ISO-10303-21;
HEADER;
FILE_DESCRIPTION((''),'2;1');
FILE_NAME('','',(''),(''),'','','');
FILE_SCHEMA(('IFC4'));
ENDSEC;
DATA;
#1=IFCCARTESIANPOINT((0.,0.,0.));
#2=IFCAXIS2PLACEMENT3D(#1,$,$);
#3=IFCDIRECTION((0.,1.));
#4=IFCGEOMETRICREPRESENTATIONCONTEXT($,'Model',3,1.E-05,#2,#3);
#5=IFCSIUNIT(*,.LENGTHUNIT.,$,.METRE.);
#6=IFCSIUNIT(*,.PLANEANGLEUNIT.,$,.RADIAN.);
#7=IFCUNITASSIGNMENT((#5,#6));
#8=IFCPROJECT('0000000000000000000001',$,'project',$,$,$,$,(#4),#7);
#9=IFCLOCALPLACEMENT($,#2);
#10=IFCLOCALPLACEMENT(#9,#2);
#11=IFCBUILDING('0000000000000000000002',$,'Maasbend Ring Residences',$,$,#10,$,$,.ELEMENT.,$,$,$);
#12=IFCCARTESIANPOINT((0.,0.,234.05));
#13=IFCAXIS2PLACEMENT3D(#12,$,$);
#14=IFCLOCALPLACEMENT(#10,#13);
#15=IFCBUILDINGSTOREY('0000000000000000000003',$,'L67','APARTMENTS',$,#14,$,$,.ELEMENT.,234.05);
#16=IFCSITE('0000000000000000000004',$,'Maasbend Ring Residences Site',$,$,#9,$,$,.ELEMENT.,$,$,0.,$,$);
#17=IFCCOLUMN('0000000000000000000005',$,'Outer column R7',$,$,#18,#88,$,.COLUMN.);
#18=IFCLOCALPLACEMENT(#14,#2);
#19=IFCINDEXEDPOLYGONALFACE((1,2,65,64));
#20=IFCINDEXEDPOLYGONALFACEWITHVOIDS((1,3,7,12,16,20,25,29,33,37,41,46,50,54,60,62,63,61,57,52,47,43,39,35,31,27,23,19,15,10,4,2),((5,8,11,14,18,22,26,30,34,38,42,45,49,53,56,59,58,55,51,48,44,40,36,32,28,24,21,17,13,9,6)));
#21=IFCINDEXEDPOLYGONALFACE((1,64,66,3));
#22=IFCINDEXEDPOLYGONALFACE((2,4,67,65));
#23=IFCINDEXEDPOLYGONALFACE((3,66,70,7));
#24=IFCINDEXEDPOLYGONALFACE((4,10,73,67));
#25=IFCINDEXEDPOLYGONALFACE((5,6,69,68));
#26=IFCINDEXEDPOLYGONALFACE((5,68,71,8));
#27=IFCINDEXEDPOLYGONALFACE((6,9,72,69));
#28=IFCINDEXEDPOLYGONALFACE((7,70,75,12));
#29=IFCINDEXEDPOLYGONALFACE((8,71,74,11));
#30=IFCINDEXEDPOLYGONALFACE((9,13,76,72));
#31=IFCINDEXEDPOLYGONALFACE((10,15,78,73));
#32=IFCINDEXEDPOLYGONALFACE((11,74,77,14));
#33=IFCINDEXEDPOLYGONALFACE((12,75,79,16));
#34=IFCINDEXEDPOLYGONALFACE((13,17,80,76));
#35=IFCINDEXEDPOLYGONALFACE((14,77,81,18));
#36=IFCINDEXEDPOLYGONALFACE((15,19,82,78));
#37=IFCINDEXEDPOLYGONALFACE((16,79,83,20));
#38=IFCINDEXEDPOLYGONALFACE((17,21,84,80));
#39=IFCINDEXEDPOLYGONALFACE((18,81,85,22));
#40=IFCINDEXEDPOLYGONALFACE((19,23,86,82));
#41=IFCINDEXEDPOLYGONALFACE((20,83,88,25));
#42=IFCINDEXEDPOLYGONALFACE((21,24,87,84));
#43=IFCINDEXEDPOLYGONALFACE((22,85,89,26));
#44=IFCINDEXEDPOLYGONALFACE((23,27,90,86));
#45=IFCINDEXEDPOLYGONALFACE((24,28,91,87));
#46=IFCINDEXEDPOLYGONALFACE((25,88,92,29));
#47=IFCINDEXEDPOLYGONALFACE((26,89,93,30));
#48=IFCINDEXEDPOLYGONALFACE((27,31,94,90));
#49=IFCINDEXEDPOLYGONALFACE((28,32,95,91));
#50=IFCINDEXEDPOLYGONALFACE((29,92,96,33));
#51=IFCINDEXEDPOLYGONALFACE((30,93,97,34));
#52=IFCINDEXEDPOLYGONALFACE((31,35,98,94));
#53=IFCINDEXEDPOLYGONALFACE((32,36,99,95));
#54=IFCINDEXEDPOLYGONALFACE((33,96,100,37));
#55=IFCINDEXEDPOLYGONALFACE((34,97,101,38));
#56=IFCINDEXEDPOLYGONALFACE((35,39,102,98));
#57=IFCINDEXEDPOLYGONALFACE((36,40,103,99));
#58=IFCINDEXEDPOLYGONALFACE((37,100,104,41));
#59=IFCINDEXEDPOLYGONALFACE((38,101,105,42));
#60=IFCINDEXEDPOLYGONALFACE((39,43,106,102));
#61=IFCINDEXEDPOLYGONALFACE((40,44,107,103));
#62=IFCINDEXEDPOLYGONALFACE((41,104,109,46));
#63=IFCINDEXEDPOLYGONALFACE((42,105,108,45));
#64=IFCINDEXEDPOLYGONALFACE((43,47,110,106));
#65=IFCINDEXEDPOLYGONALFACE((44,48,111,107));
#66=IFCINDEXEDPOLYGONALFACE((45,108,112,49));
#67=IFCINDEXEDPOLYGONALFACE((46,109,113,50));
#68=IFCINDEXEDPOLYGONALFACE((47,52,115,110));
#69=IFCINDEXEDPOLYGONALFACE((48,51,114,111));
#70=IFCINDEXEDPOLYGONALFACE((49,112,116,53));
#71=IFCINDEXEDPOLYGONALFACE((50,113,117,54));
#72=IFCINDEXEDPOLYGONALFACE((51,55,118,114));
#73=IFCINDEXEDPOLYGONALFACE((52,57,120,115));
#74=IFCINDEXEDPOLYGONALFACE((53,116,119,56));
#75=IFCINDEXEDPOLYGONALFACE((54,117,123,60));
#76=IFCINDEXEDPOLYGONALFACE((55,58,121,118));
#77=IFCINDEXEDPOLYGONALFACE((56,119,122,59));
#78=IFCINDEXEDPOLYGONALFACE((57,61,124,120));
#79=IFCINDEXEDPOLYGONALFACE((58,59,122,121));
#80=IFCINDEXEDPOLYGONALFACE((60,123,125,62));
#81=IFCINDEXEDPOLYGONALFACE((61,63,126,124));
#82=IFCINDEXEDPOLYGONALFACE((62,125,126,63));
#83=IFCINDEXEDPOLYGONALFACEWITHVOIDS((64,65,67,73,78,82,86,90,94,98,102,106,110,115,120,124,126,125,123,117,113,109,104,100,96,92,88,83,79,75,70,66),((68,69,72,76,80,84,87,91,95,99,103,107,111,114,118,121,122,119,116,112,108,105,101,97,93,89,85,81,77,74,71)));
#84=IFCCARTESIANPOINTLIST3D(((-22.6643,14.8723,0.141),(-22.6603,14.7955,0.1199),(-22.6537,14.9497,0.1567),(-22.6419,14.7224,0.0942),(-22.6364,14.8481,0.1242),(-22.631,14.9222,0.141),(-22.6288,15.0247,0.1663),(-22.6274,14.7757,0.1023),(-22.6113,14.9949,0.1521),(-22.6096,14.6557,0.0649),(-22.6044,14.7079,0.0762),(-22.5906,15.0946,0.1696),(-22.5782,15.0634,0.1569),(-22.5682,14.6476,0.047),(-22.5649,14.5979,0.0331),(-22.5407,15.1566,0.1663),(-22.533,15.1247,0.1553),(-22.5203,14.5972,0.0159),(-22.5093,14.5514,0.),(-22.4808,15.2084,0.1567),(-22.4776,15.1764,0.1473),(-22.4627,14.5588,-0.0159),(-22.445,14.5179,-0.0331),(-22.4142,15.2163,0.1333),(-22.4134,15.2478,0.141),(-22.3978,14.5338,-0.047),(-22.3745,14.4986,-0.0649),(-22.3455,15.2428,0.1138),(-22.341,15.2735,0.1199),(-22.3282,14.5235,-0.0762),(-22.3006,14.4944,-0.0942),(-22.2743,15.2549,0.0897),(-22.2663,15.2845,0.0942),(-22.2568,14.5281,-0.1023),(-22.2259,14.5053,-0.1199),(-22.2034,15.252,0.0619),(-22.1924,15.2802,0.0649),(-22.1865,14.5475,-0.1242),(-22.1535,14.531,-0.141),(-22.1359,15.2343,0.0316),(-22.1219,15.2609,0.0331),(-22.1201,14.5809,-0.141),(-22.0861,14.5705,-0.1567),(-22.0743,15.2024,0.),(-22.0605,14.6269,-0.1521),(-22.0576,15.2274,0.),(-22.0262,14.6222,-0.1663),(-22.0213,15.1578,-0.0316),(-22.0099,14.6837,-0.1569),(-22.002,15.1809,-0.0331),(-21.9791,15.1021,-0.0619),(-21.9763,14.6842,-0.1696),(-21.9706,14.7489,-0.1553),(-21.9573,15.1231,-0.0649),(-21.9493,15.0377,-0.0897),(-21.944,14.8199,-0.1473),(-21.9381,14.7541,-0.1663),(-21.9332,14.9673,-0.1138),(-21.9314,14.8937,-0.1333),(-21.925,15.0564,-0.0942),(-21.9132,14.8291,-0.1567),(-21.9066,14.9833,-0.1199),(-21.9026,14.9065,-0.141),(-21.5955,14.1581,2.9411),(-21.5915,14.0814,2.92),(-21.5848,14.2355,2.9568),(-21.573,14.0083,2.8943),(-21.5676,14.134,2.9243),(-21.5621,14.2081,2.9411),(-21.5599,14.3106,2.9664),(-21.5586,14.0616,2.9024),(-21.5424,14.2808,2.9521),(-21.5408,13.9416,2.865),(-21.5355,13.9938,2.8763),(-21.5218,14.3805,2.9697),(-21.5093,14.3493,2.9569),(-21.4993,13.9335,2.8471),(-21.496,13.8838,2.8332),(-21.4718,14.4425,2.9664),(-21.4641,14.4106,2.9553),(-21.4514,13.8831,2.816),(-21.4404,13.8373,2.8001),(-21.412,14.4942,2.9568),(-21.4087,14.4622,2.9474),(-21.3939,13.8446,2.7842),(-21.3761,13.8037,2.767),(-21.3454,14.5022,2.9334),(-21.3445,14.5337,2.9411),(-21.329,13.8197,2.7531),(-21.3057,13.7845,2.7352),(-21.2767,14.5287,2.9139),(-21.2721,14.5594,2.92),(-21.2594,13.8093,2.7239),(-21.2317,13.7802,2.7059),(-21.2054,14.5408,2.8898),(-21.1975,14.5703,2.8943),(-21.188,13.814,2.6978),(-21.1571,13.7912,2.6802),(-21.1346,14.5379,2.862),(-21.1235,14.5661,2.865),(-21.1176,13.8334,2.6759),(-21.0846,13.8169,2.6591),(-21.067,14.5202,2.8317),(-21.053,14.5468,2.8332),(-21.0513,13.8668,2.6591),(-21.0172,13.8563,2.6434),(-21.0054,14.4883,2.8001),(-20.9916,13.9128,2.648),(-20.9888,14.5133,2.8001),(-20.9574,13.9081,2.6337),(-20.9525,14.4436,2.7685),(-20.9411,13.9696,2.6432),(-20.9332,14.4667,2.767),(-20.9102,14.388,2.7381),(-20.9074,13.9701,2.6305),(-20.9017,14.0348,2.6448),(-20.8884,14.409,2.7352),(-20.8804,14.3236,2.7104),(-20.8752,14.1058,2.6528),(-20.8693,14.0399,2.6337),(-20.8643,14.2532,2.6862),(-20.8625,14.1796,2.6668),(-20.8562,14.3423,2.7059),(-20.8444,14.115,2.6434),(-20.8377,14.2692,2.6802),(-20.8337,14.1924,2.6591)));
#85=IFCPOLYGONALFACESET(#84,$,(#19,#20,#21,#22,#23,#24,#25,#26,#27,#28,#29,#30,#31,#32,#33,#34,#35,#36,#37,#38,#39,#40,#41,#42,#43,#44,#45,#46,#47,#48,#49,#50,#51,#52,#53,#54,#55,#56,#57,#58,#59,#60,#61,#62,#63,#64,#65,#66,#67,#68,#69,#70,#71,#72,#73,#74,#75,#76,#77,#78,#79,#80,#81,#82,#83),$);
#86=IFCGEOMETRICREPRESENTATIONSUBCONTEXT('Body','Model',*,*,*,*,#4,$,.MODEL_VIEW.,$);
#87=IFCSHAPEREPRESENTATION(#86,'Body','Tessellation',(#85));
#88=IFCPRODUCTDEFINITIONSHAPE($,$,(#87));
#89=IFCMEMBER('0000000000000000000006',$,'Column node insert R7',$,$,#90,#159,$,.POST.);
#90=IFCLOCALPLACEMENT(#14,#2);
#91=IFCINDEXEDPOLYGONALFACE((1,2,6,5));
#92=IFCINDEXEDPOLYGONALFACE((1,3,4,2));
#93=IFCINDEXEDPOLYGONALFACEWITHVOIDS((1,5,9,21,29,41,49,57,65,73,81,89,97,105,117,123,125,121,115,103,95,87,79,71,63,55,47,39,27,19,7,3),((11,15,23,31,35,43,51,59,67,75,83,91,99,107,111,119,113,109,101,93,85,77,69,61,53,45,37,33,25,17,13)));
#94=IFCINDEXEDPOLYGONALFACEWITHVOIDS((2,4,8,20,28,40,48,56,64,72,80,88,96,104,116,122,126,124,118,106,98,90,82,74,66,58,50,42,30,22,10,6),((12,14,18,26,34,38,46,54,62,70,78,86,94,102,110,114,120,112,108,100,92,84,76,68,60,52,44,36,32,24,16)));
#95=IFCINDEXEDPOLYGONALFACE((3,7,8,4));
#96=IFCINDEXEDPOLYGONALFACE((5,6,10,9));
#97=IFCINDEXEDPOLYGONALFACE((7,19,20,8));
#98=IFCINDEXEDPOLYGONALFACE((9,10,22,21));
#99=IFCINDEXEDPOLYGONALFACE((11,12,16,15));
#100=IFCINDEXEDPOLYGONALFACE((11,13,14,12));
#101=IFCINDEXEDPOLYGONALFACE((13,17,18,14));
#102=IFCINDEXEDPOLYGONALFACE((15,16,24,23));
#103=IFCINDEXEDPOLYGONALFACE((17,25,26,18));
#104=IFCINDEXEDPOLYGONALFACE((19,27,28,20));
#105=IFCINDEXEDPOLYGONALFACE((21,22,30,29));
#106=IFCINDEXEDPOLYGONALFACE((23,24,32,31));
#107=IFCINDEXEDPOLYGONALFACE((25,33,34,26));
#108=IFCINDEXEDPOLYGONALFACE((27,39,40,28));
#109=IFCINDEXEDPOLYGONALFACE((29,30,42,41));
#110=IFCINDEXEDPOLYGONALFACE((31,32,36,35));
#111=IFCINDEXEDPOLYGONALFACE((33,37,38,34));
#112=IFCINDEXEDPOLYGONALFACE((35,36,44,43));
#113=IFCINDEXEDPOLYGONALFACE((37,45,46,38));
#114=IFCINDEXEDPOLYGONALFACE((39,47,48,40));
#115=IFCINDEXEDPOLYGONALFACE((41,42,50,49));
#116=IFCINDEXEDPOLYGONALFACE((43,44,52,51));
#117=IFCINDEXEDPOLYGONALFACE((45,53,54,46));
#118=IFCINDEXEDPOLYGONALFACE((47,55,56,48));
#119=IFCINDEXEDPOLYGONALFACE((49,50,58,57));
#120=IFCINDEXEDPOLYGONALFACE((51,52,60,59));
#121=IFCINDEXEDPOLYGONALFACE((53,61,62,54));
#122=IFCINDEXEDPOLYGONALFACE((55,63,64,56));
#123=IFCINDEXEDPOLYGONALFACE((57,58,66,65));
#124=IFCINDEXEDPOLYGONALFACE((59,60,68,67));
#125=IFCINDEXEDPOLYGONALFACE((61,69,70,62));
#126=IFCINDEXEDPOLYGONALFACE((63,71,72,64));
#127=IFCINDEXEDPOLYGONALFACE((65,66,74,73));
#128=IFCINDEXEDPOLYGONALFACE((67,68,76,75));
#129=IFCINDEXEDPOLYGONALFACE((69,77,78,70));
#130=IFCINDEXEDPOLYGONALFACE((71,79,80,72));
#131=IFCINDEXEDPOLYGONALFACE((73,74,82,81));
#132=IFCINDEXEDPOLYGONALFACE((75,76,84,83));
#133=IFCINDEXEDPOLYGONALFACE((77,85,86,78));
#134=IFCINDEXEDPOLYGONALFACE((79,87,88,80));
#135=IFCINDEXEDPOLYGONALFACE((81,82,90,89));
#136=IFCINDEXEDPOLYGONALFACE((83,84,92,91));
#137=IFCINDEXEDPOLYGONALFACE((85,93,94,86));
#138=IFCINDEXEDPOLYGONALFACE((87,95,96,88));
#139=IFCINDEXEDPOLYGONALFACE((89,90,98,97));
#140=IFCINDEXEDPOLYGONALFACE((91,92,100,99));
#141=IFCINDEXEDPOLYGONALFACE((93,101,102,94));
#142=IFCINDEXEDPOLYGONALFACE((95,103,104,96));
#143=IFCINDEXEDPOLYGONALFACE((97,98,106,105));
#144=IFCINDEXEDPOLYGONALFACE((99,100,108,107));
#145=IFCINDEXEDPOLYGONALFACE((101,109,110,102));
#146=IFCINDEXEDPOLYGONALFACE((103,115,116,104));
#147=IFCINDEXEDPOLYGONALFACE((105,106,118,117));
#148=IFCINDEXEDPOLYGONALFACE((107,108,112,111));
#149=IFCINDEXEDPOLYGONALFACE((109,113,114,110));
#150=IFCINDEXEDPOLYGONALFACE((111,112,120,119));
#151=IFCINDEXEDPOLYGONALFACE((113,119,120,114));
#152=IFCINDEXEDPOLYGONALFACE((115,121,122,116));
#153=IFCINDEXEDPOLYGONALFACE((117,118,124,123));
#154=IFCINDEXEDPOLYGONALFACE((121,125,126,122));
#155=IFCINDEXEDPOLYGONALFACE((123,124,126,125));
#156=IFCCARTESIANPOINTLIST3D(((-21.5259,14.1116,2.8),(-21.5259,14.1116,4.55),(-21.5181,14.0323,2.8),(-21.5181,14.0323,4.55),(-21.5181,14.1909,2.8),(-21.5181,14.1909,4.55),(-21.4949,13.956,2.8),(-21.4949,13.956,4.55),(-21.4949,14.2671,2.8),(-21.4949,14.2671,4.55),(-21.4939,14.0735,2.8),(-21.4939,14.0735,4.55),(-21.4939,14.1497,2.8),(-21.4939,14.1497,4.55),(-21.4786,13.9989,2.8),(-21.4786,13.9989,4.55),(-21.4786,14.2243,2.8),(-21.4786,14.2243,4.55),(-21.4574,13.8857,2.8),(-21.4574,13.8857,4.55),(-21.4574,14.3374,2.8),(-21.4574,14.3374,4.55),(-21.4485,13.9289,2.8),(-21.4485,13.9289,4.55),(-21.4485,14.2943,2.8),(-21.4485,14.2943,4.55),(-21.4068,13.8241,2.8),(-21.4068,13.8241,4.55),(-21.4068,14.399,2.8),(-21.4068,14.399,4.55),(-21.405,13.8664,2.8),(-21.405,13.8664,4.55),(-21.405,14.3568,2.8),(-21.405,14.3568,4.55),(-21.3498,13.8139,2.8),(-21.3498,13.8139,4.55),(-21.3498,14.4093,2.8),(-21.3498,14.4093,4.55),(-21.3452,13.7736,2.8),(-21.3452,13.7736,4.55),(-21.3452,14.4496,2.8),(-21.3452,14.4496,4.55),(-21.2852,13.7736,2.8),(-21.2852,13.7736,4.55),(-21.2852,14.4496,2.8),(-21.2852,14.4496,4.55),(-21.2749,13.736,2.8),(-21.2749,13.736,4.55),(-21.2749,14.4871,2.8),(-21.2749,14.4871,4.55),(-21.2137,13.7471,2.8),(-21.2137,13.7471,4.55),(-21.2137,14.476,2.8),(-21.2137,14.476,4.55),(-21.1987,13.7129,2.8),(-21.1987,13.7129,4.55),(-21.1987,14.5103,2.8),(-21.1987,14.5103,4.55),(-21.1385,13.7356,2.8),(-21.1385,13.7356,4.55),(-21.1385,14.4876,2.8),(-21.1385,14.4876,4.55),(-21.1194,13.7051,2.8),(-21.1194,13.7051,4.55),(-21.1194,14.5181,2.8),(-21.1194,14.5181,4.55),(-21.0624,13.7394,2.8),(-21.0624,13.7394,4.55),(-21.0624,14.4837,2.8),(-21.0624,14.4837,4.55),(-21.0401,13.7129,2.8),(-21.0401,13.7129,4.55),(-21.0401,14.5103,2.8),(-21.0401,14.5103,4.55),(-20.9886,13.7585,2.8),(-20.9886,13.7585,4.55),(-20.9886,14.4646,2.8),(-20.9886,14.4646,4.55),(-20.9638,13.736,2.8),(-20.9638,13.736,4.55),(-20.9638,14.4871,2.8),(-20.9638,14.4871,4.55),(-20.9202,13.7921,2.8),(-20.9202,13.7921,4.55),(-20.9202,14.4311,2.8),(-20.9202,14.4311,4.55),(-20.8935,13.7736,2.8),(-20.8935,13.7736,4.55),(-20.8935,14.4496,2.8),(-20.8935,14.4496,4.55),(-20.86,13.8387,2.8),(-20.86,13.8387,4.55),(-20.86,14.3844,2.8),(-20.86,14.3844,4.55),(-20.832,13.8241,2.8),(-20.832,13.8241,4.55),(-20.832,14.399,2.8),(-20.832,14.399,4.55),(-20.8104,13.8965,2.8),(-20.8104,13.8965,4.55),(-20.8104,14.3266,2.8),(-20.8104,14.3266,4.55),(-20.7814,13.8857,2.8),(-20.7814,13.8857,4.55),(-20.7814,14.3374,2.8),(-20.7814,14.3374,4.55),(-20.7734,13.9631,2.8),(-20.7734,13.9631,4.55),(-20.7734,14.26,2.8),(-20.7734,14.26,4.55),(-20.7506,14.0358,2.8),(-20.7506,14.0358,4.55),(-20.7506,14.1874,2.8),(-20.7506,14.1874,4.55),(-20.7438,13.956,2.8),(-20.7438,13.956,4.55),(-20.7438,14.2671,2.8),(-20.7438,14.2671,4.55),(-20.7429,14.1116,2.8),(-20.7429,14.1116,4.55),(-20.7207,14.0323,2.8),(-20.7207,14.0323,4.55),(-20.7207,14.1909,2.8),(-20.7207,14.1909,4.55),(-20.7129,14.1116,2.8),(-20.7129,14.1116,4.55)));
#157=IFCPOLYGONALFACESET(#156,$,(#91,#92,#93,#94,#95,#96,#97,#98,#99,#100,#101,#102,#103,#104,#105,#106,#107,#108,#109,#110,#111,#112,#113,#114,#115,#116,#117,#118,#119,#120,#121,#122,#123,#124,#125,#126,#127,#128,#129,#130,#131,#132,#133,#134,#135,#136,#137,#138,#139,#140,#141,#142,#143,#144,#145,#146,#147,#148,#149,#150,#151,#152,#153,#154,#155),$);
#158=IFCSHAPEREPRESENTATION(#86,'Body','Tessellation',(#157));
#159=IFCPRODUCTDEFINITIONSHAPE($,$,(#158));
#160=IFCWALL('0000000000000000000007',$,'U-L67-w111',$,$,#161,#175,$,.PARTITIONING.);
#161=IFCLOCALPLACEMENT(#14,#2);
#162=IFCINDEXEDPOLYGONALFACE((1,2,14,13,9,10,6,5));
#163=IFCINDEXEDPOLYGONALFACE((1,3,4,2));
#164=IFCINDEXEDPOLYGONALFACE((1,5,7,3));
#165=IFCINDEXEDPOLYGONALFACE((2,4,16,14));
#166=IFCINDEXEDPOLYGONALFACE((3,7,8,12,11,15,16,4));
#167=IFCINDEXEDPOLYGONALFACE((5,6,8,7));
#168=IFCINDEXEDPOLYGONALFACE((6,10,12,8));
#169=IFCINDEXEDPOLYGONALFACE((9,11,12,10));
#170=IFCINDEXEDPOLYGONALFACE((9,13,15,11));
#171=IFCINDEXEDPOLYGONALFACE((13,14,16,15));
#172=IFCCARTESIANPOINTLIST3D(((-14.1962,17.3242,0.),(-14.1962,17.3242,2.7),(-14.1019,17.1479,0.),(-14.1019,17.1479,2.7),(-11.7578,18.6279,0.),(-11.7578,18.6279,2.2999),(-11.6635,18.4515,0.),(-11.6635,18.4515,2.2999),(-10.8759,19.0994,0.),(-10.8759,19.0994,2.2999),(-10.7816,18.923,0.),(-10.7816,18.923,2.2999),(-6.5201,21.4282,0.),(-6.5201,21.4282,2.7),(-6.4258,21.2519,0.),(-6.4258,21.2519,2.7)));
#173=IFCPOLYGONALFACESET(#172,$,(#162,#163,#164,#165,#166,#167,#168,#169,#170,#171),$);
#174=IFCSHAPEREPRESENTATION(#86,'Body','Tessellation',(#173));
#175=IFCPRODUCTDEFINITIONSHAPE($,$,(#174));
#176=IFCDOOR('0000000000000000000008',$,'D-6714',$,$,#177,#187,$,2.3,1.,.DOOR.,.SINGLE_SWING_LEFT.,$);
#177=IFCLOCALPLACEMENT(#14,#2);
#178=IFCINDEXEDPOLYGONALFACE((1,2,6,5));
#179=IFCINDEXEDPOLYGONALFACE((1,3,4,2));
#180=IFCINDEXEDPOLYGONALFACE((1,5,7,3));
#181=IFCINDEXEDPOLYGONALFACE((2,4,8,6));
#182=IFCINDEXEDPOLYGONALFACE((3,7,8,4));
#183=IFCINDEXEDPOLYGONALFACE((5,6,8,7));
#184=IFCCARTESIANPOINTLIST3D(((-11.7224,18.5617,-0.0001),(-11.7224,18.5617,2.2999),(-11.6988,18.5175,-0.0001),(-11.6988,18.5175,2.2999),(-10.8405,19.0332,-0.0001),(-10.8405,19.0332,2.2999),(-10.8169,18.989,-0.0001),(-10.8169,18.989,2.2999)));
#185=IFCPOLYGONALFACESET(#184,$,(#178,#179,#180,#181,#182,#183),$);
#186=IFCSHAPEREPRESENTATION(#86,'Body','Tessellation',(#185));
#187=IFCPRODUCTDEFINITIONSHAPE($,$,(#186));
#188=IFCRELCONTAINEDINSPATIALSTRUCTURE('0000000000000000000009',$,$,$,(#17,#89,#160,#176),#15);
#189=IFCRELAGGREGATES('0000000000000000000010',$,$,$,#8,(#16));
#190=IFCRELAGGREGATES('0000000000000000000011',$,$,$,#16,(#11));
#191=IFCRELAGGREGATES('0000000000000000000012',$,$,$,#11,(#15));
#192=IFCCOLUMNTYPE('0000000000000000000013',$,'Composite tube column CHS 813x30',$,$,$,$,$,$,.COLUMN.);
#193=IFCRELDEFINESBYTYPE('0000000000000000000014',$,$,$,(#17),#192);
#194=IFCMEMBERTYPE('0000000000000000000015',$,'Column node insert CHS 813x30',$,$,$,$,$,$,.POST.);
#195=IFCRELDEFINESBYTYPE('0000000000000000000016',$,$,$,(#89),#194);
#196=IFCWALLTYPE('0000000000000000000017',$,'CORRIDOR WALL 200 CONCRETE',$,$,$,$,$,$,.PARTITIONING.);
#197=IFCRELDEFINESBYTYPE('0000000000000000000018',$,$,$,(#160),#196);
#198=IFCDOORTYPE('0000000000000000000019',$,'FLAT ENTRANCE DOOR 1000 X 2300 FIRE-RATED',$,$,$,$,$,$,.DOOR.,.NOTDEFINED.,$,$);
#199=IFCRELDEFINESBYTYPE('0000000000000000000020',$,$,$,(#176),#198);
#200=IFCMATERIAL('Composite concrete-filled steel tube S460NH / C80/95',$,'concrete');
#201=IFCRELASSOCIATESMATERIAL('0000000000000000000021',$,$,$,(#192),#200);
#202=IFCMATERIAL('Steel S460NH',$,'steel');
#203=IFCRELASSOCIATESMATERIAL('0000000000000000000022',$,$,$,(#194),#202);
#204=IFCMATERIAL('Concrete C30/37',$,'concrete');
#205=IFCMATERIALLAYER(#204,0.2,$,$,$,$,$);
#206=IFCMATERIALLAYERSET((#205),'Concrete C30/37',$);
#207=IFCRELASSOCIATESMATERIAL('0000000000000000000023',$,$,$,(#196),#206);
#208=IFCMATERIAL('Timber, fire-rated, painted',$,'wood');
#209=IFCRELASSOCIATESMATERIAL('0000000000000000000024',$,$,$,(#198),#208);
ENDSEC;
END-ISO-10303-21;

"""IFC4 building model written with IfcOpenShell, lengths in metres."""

from ifc_helpers import new_model, si_unit, direction, frame, frame_2d, origin, origin_2d, place, context, subcontext, project, spatial, rectangle, hollow_circle, extrude, material, layer, layer_set, material_profile, profile_set, type_object, element, fill, save


model = new_model("IFC4")

# Units and contexts
model_context = context("Model", 3, precision=1e-05, world=origin(), true_north=direction((0.0, 1.0)))
body_context = subcontext(model_context, "Body", "Model", "MODEL_VIEW")
ifc_project = project(units=[si_unit("LENGTHUNIT", "METRE"), si_unit("PLANEANGLEUNIT", "RADIAN")], contexts=[model_context])

# Site, building, storey
site_placement = place(None, origin())
site = spatial("IfcSite", under=ifc_project, at=site_placement, Name="Maasbend Ring Residences Site", CompositionType="ELEMENT", RefElevation=0.0)
building_placement = place(site_placement, origin())
building = spatial("IfcBuilding", under=site, at=building_placement, Name="Maasbend Ring Residences", CompositionType="ELEMENT")
storey_placement = place(building_placement, frame((0.0, 0.0, 234.05)))
storey = spatial("IfcBuildingStorey", under=building, at=storey_placement, Name="L67", Description="APARTMENTS", CompositionType="ELEMENT", Elevation=234.05)

# Column
ifc_material_1 = material(Name="Composite concrete-filled steel tube S460NH / C80/95", Category="concrete")
ifc_material_profile_1 = material_profile(ifc_material_1, hollow_circle(Radius=0.4065, WallThickness=0.03, at=origin_2d()), Name="Composite tube column CHS 813x30")
ifc_profile_set_1 = profile_set([ifc_material_profile_1], Name="Composite concrete-filled steel tube S460NH / C80/95")
column_type = type_object("IfcColumnType", Name="Composite tube column CHS 813x30", PredefinedType="COLUMN", material=ifc_profile_set_1)
column_placement = place(storey_placement, frame((-22.2834, 14.8894, 0.0), z_axis=(0.346914, -0.231778, 0.908807), x_axis=(0.555533, 0.831495, 0.0)))
element("IfcColumn", 1, at=column_placement, inside=storey, type_object=column_type, Name="Outer column R7", PredefinedType="COLUMN", context=body_context, shape_type="SweptSolid", body=[
    extrude(hollow_circle(Radius=0.4065, WallThickness=0.03, at=origin_2d()), origin(), (0.0, 0.0, 1.0), 3.0811),
])

# Member
ifc_material_2 = material(Name="Steel S460NH", Category="steel")
ifc_material_profile_2 = material_profile(ifc_material_2, hollow_circle(Radius=0.4065, WallThickness=0.03, at=origin_2d()), Name="Column node insert CHS 813x30")
ifc_profile_set_2 = profile_set([ifc_material_profile_2], Name="Steel S460NH")
member_type = type_object("IfcMemberType", Name="Column node insert CHS 813x30", PredefinedType="POST", material=ifc_profile_set_2)
member_placement = place(storey_placement, frame((-21.1194, 14.1116, 2.8), z_axis=(0.0, 0.0, 1.0), x_axis=(1.0, 0.0, 0.0)))
element("IfcMember", 2, at=member_placement, inside=storey, type_object=member_type, Name="Column node insert R7", PredefinedType="POST", context=body_context, shape_type="SweptSolid", body=[
    extrude(hollow_circle(Radius=0.4065, WallThickness=0.03, at=origin_2d()), origin(), (0.0, 0.0, 1.0), 1.75),
])

# Wall, opening, door
ifc_material_3 = material(Name="Concrete C30/37", Category="concrete")
ifc_layer_1 = layer(ifc_material_3, 0.2)
ifc_layer_set_1 = layer_set([ifc_layer_1], Name="Concrete C30/37")
wall_type_1 = type_object("IfcWallType", Name="CORRIDOR WALL 200 CONCRETE", PredefinedType="PARTITIONING", material=ifc_layer_set_1)
wall_1_placement = place(storey_placement, frame((-14.1489, 17.2361, 0.0), z_axis=(0.0, 0.0, 1.0), x_axis=(0.88187, 0.471493, 0.0)))
wall_1 = element("IfcWall", 3, at=wall_1_placement, inside=storey, type_object=wall_type_1, Name="U-L67-w111", PredefinedType="PARTITIONING", context=body_context, shape_type="SweptSolid", body=[
    extrude(rectangle(XDim=8.7043, YDim=0.2, at=frame_2d((4.3521, 0.0))), origin(), (0.0, 0.0, 1.0), 2.7),
])
opening_1_placement = place(wall_1_placement, frame((2.7649, 0.0, 0.0)))
opening_1 = element("IfcOpeningElement", 4, at=opening_1_placement, cuts=wall_1, PredefinedType="OPENING", context=body_context, shape_type="SweptSolid", body=[
    extrude(rectangle(XDim=1.0, YDim=2.3, at=frame_2d((0.5, 1.1499))), frame((0.0, 0.1099, 0.0), z_axis=(0.0, -1.0, 0.0), x_axis=(1.0, 0.0, 0.0)), (0.0, 0.0, 1.0), 0.22),
])
ifc_material_4 = material(Name="Timber, fire-rated, painted", Category="wood")
door_type_1 = type_object("IfcDoorType", Name="FLAT ENTRANCE DOOR 1000 X 2300 FIRE-RATED", OperationType="NOTDEFINED", PredefinedType="DOOR", material=ifc_material_4)
door_1_placement = place(opening_1_placement, origin())
door_1 = element("IfcDoor", 5, at=door_1_placement, inside=storey, type_object=door_type_1, Name="D-6714", OperationType="SINGLE_SWING_LEFT", OverallHeight=2.3, OverallWidth=1.0, PredefinedType="DOOR", context=body_context, shape_type="SweptSolid", body=[
    extrude(rectangle(XDim=1.0, YDim=2.3, at=frame_2d((0.5, 1.1499))), frame((0.0, 0.0249, 0.0), z_axis=(0.0, -1.0, 0.0), x_axis=(1.0, 0.0, 0.0)), (0.0, 0.0, 1.0), 0.05),
])
fill(opening_1, door_1)

save(model, "model.ifc")
